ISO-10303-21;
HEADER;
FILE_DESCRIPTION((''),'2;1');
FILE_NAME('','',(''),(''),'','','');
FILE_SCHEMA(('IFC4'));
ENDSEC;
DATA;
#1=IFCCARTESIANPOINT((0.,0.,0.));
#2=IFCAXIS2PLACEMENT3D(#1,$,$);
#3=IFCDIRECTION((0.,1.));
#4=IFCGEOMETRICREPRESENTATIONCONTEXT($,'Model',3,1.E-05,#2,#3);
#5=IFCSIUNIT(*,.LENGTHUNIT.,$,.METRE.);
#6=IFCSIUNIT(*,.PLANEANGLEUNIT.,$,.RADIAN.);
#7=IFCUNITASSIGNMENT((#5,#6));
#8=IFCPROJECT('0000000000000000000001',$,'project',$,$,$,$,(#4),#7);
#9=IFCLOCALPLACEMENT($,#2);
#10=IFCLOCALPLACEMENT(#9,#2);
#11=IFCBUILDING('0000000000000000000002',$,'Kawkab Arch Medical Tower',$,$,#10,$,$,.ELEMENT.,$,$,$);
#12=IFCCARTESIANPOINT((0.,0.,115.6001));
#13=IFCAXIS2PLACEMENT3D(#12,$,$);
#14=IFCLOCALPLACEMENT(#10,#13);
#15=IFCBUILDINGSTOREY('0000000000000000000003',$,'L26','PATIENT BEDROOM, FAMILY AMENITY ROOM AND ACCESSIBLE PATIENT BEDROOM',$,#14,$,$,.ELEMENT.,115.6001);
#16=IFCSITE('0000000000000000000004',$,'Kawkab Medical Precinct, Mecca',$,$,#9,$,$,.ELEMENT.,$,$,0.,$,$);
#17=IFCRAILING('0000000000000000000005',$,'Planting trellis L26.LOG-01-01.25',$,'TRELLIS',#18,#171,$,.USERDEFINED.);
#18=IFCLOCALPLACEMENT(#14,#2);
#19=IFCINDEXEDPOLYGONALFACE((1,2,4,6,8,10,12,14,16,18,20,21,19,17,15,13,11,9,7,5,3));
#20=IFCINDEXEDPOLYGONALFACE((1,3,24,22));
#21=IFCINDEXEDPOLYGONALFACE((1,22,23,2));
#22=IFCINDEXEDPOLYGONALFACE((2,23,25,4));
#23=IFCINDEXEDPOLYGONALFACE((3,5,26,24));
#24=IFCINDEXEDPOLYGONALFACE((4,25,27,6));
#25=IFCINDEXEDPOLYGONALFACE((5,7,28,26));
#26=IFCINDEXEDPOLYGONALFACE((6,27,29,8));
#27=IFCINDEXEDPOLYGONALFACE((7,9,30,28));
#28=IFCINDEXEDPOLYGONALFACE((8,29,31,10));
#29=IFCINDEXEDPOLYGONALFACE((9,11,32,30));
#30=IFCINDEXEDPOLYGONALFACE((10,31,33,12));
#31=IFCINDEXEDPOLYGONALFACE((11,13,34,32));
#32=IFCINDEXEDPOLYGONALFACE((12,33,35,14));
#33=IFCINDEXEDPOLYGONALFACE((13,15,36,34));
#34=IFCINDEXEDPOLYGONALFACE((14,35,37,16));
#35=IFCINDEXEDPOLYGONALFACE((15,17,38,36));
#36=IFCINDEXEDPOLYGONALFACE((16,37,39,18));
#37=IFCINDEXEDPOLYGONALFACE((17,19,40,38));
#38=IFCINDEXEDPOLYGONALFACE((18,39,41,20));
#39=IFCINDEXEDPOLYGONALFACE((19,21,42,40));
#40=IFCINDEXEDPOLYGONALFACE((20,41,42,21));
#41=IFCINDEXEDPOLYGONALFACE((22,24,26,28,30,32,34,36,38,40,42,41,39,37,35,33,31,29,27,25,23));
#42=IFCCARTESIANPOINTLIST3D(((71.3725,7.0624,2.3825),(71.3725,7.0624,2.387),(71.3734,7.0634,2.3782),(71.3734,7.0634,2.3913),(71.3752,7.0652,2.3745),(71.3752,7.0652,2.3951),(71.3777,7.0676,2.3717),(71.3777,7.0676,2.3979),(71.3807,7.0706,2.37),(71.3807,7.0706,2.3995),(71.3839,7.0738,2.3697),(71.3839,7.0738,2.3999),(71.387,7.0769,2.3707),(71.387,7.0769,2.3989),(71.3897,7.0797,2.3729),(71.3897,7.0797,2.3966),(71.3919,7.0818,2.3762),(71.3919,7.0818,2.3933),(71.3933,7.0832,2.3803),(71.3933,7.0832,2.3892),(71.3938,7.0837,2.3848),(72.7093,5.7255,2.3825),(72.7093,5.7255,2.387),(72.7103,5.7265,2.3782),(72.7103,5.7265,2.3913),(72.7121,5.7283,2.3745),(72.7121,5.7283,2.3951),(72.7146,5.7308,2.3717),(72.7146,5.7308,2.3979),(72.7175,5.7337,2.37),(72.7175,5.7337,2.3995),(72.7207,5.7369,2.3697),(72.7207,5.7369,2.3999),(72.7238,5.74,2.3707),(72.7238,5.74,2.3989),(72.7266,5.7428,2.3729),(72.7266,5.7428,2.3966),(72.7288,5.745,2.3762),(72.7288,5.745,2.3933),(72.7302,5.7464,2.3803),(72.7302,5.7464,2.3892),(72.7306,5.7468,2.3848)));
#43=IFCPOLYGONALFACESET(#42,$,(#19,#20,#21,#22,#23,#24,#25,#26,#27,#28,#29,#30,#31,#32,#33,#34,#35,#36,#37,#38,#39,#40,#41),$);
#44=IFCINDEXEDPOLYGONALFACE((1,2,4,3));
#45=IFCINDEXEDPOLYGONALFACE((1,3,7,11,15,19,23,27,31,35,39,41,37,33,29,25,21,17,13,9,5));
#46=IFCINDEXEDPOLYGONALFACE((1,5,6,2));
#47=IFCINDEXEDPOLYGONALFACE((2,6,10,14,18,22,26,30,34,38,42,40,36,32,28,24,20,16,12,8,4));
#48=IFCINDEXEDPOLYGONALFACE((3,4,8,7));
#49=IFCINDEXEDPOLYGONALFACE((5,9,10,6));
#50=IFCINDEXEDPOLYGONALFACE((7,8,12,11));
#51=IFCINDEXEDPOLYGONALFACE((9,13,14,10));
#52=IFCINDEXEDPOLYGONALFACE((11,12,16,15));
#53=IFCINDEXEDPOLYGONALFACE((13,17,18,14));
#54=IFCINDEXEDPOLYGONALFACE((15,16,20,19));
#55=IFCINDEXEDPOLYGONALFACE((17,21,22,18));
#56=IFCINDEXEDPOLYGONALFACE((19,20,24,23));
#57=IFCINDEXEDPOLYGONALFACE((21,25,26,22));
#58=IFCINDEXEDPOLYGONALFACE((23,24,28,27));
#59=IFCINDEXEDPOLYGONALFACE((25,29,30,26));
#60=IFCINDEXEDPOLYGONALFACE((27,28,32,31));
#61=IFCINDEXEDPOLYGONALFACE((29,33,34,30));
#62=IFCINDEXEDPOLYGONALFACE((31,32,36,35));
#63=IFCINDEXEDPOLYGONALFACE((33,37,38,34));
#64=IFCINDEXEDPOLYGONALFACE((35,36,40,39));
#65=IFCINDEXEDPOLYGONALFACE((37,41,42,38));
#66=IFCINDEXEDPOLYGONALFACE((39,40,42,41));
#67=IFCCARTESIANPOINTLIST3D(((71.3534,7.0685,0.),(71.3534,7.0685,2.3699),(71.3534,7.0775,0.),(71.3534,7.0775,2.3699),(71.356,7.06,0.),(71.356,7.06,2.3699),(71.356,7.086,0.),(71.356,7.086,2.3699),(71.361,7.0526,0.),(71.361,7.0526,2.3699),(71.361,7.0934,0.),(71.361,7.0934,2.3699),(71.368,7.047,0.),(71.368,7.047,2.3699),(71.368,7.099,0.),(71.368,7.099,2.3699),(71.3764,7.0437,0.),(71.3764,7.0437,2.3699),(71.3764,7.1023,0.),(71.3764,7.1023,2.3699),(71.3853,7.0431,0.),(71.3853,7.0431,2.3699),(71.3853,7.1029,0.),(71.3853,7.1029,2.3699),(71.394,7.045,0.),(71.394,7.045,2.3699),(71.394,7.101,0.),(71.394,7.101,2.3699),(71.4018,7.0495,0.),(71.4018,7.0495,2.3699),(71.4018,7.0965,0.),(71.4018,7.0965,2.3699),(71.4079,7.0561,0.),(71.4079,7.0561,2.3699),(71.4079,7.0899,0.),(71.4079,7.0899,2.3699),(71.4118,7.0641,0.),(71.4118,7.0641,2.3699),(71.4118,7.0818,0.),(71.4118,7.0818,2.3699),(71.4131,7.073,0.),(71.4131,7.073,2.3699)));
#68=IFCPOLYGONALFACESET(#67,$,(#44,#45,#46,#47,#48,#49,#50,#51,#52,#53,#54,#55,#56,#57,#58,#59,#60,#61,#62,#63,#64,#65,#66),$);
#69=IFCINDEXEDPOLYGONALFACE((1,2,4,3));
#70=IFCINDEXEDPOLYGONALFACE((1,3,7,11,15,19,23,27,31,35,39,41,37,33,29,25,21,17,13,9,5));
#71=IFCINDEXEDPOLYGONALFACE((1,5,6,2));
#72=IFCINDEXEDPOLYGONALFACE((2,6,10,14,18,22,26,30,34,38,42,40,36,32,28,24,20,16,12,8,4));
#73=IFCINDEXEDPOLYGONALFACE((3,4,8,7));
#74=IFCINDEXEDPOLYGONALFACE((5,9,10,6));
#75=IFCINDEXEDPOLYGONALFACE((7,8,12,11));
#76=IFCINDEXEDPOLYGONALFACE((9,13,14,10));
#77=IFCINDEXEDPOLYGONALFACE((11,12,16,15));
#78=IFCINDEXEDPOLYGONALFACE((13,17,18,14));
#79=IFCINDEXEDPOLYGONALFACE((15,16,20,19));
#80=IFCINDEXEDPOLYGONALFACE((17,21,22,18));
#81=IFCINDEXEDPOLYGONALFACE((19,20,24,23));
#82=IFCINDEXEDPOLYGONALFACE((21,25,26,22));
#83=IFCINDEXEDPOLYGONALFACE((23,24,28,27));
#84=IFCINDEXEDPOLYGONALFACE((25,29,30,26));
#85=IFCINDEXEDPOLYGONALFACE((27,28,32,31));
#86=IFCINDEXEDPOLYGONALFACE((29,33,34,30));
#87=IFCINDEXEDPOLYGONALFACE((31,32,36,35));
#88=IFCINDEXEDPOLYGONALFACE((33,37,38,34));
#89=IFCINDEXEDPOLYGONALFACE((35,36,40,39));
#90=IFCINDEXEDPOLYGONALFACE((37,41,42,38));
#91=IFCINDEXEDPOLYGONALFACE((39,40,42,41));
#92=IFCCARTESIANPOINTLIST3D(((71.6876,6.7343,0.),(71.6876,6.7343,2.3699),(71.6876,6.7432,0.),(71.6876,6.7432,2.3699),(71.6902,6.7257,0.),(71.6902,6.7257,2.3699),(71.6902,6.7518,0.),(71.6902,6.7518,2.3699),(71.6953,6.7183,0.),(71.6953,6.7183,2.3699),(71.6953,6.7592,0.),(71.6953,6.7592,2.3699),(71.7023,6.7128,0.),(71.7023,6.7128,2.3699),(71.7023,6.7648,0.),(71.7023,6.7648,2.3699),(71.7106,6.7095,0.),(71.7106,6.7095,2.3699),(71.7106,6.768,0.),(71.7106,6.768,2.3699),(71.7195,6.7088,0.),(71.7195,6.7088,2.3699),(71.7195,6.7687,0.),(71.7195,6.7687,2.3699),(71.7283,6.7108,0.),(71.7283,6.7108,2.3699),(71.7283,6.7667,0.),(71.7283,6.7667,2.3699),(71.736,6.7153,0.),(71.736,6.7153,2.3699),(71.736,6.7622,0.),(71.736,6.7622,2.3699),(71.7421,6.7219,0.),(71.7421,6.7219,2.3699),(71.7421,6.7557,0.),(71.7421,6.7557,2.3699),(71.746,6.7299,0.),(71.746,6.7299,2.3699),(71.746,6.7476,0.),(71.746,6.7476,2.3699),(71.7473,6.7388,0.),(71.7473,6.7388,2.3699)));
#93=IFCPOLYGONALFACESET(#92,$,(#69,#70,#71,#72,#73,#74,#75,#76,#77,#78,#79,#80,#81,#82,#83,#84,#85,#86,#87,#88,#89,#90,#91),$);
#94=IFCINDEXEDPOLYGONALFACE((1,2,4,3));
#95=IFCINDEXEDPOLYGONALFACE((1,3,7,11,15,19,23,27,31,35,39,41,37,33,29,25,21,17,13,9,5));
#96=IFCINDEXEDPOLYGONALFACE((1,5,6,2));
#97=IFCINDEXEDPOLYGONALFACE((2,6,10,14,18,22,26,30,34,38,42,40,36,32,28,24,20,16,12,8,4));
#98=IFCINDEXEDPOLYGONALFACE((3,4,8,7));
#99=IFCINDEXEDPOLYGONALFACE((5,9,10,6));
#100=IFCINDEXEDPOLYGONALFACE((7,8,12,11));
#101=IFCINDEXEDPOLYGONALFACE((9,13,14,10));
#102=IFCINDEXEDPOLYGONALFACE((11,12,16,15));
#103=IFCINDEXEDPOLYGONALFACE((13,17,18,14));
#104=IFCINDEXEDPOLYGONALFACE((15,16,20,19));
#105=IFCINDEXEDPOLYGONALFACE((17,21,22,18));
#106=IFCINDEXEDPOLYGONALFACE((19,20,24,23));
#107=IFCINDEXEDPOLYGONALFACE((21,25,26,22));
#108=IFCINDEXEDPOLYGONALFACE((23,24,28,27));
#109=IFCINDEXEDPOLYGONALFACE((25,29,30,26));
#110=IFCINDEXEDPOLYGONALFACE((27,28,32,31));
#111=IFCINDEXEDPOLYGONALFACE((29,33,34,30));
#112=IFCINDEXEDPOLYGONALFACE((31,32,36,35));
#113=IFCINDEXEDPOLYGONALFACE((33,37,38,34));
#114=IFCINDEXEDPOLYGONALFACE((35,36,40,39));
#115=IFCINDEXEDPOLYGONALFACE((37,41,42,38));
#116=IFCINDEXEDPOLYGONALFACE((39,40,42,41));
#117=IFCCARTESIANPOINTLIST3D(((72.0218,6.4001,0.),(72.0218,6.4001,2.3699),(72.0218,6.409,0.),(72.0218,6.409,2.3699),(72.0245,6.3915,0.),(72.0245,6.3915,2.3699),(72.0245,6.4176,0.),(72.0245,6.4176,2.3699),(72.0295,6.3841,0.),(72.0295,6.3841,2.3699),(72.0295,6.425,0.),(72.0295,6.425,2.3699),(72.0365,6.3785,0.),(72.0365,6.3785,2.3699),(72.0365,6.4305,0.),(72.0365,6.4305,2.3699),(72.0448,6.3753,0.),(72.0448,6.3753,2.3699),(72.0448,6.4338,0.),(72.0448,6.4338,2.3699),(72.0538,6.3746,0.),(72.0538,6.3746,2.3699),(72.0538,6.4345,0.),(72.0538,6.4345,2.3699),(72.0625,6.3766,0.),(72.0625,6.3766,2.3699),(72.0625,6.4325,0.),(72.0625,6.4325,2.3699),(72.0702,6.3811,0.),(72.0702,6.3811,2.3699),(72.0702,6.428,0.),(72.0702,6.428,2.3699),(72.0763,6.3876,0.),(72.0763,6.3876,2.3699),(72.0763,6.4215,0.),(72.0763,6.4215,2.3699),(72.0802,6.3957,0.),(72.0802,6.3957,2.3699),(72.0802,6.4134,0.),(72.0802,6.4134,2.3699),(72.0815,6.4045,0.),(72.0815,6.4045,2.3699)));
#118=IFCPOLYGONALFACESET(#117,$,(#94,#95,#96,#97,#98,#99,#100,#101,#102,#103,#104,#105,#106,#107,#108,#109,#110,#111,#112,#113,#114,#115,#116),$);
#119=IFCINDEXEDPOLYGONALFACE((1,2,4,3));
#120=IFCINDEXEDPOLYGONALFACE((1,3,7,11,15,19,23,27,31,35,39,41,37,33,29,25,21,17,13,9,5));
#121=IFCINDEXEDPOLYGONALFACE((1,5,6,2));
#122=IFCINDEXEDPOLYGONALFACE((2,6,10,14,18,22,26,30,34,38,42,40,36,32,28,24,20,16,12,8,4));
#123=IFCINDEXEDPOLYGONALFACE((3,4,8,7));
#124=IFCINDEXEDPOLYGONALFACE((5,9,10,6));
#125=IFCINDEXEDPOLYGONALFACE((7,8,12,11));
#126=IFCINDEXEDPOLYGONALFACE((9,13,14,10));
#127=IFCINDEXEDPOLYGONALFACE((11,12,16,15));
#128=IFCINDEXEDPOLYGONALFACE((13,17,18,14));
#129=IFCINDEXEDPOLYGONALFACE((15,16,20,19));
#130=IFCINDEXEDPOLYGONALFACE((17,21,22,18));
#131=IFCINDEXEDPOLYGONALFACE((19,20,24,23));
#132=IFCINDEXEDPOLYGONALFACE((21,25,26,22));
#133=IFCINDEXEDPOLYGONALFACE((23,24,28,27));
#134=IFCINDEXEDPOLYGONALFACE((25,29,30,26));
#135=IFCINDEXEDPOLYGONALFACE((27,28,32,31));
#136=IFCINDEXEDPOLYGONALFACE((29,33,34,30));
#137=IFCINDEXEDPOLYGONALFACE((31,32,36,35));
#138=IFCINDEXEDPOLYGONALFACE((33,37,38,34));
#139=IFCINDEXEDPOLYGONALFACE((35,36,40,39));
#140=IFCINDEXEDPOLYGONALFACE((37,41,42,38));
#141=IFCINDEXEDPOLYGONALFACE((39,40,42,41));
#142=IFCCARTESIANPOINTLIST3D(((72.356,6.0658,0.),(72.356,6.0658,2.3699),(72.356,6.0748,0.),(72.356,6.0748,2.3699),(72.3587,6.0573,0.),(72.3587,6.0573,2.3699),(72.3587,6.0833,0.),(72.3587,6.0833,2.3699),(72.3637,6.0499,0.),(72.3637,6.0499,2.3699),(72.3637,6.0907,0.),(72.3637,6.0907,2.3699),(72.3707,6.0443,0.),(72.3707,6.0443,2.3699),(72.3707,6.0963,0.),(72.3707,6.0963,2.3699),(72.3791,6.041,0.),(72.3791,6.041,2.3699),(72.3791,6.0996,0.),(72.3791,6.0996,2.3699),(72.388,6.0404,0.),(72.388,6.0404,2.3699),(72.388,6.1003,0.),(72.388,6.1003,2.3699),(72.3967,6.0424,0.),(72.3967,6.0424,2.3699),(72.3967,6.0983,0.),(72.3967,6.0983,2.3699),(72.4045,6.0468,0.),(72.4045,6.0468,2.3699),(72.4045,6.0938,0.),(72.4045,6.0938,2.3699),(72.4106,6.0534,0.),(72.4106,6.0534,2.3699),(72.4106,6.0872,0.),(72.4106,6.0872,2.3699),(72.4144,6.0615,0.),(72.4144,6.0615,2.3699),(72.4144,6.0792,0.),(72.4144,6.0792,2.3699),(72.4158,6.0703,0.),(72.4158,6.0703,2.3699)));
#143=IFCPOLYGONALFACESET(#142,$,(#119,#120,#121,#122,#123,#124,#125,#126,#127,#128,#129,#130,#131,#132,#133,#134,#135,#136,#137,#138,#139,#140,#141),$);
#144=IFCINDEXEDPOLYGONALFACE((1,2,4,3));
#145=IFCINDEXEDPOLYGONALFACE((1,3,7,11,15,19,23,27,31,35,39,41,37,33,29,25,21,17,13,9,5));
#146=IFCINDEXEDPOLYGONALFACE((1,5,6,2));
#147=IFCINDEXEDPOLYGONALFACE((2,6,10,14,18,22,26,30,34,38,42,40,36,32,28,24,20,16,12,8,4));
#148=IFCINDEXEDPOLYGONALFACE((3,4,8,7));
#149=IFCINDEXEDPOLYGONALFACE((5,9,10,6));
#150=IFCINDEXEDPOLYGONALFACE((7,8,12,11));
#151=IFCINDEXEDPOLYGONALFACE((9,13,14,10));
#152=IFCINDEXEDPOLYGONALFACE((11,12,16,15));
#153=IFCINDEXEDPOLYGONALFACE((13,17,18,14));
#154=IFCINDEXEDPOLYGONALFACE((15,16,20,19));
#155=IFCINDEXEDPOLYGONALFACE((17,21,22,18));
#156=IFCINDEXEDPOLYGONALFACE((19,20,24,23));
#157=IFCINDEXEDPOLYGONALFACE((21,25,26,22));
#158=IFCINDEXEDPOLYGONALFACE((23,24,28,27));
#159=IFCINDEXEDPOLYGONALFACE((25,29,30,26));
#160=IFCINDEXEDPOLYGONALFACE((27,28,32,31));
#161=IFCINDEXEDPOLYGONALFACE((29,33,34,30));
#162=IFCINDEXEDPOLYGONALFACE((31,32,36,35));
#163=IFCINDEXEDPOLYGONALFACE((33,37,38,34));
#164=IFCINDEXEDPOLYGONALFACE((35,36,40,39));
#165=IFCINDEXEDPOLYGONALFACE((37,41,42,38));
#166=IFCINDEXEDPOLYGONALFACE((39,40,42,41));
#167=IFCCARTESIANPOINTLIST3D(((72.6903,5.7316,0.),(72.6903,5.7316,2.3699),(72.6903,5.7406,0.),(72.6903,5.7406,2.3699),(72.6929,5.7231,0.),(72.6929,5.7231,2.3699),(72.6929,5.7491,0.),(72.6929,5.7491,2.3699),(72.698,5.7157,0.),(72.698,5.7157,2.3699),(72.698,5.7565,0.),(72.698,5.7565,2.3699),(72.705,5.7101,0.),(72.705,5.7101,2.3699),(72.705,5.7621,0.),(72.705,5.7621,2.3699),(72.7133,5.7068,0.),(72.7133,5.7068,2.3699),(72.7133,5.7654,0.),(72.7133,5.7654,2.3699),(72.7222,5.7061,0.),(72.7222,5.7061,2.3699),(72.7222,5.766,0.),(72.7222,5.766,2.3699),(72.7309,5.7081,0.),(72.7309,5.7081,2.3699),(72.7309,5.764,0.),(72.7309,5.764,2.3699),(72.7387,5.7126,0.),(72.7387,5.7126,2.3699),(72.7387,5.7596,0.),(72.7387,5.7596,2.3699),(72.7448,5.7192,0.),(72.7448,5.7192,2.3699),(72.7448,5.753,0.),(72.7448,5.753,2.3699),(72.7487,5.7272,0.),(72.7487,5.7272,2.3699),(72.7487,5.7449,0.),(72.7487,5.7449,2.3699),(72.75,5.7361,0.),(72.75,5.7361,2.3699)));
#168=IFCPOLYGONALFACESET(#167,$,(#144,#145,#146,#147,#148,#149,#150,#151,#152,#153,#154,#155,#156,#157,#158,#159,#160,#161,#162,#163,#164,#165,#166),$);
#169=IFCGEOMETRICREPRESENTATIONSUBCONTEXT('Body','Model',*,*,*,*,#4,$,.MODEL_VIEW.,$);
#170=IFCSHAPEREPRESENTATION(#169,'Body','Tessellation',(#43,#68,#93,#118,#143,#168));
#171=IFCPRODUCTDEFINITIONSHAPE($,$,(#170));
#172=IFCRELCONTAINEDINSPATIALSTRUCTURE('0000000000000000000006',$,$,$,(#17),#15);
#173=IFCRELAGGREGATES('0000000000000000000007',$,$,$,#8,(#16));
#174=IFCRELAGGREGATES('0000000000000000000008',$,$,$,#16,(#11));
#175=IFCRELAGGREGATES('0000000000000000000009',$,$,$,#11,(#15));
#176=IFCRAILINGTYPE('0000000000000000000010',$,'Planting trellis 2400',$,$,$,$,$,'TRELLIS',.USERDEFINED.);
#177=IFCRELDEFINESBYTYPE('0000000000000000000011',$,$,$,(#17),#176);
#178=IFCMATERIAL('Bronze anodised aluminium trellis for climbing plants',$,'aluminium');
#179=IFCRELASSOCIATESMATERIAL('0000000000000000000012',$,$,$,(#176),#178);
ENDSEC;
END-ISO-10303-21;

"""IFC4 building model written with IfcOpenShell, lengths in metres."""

from ifc_helpers import new_model, si_unit, direction, frame, origin, origin_2d, place, context, subcontext, project, spatial, circle, extrude, material, type_object, element, save


model = new_model("IFC4")

# Units and contexts
model_context = context("Model", 3, precision=1e-05, world=origin(), true_north=direction((0.0, 1.0)))
body_context = subcontext(model_context, "Body", "Model", "MODEL_VIEW")
ifc_project = project(units=[si_unit("LENGTHUNIT", "METRE"), si_unit("PLANEANGLEUNIT", "RADIAN")], contexts=[model_context])

# Site, building, storey
site_placement = place(None, origin())
site = spatial("IfcSite", under=ifc_project, at=site_placement, Name="Kawkab Medical Precinct, Mecca", CompositionType="ELEMENT", RefElevation=0.0)
building_placement = place(site_placement, origin())
building = spatial("IfcBuilding", under=site, at=building_placement, Name="Kawkab Arch Medical Tower", CompositionType="ELEMENT")
storey_placement = place(building_placement, frame((0.0, 0.0, 115.6001)))
storey = spatial("IfcBuildingStorey", under=building, at=storey_placement, Name="L26", Description="PATIENT BEDROOM, FAMILY AMENITY ROOM AND ACCESSIBLE PATIENT BEDROOM", CompositionType="ELEMENT", Elevation=115.6001)

# Railing
ifc_material_1 = material(Name="Bronze anodised aluminium trellis for climbing plants", Category="aluminium")
railing_type_1 = type_object("IfcRailingType", Name="Planting trellis 2400", ElementType="TRELLIS", PredefinedType="USERDEFINED", material=ifc_material_1)
railing_1_placement = place(storey_placement, frame((71.3831, 7.073, 0.0)))
element("IfcRailing", 1, at=railing_1_placement, inside=storey, type_object=railing_type_1, Name="Planting trellis L26.LOG-01-01.25", ObjectType="TRELLIS", PredefinedType="USERDEFINED", context=body_context, shape_type="SweptSolid", body=[
    extrude(circle(Radius=0.0151, at=origin_2d()), frame((0.0, 0.0, 2.3848), z_axis=(0.707107, -0.707107, 0.0), x_axis=(0.707107, 0.707107, 0.0)), (0.0, 0.0, 1.0), 1.8906),
    extrude(circle(Radius=0.03, at=origin_2d()), origin(), (0.0, 0.0, 1.0), 2.3699),
    extrude(circle(Radius=0.03, at=origin_2d()), frame((0.3342, -0.3342, 0.0)), (0.0, 0.0, 1.0), 2.3699),
    extrude(circle(Radius=0.03, at=origin_2d()), frame((0.6685, -0.6685, 0.0)), (0.0, 0.0, 1.0), 2.3699),
    extrude(circle(Radius=0.03, at=origin_2d()), frame((1.0027, -1.0027, 0.0)), (0.0, 0.0, 1.0), 2.3699),
    extrude(circle(Radius=0.03, at=origin_2d()), frame((1.3369, -1.3369, 0.0)), (0.0, 0.0, 1.0), 2.3699),
])

save(model, "model.ifc")
